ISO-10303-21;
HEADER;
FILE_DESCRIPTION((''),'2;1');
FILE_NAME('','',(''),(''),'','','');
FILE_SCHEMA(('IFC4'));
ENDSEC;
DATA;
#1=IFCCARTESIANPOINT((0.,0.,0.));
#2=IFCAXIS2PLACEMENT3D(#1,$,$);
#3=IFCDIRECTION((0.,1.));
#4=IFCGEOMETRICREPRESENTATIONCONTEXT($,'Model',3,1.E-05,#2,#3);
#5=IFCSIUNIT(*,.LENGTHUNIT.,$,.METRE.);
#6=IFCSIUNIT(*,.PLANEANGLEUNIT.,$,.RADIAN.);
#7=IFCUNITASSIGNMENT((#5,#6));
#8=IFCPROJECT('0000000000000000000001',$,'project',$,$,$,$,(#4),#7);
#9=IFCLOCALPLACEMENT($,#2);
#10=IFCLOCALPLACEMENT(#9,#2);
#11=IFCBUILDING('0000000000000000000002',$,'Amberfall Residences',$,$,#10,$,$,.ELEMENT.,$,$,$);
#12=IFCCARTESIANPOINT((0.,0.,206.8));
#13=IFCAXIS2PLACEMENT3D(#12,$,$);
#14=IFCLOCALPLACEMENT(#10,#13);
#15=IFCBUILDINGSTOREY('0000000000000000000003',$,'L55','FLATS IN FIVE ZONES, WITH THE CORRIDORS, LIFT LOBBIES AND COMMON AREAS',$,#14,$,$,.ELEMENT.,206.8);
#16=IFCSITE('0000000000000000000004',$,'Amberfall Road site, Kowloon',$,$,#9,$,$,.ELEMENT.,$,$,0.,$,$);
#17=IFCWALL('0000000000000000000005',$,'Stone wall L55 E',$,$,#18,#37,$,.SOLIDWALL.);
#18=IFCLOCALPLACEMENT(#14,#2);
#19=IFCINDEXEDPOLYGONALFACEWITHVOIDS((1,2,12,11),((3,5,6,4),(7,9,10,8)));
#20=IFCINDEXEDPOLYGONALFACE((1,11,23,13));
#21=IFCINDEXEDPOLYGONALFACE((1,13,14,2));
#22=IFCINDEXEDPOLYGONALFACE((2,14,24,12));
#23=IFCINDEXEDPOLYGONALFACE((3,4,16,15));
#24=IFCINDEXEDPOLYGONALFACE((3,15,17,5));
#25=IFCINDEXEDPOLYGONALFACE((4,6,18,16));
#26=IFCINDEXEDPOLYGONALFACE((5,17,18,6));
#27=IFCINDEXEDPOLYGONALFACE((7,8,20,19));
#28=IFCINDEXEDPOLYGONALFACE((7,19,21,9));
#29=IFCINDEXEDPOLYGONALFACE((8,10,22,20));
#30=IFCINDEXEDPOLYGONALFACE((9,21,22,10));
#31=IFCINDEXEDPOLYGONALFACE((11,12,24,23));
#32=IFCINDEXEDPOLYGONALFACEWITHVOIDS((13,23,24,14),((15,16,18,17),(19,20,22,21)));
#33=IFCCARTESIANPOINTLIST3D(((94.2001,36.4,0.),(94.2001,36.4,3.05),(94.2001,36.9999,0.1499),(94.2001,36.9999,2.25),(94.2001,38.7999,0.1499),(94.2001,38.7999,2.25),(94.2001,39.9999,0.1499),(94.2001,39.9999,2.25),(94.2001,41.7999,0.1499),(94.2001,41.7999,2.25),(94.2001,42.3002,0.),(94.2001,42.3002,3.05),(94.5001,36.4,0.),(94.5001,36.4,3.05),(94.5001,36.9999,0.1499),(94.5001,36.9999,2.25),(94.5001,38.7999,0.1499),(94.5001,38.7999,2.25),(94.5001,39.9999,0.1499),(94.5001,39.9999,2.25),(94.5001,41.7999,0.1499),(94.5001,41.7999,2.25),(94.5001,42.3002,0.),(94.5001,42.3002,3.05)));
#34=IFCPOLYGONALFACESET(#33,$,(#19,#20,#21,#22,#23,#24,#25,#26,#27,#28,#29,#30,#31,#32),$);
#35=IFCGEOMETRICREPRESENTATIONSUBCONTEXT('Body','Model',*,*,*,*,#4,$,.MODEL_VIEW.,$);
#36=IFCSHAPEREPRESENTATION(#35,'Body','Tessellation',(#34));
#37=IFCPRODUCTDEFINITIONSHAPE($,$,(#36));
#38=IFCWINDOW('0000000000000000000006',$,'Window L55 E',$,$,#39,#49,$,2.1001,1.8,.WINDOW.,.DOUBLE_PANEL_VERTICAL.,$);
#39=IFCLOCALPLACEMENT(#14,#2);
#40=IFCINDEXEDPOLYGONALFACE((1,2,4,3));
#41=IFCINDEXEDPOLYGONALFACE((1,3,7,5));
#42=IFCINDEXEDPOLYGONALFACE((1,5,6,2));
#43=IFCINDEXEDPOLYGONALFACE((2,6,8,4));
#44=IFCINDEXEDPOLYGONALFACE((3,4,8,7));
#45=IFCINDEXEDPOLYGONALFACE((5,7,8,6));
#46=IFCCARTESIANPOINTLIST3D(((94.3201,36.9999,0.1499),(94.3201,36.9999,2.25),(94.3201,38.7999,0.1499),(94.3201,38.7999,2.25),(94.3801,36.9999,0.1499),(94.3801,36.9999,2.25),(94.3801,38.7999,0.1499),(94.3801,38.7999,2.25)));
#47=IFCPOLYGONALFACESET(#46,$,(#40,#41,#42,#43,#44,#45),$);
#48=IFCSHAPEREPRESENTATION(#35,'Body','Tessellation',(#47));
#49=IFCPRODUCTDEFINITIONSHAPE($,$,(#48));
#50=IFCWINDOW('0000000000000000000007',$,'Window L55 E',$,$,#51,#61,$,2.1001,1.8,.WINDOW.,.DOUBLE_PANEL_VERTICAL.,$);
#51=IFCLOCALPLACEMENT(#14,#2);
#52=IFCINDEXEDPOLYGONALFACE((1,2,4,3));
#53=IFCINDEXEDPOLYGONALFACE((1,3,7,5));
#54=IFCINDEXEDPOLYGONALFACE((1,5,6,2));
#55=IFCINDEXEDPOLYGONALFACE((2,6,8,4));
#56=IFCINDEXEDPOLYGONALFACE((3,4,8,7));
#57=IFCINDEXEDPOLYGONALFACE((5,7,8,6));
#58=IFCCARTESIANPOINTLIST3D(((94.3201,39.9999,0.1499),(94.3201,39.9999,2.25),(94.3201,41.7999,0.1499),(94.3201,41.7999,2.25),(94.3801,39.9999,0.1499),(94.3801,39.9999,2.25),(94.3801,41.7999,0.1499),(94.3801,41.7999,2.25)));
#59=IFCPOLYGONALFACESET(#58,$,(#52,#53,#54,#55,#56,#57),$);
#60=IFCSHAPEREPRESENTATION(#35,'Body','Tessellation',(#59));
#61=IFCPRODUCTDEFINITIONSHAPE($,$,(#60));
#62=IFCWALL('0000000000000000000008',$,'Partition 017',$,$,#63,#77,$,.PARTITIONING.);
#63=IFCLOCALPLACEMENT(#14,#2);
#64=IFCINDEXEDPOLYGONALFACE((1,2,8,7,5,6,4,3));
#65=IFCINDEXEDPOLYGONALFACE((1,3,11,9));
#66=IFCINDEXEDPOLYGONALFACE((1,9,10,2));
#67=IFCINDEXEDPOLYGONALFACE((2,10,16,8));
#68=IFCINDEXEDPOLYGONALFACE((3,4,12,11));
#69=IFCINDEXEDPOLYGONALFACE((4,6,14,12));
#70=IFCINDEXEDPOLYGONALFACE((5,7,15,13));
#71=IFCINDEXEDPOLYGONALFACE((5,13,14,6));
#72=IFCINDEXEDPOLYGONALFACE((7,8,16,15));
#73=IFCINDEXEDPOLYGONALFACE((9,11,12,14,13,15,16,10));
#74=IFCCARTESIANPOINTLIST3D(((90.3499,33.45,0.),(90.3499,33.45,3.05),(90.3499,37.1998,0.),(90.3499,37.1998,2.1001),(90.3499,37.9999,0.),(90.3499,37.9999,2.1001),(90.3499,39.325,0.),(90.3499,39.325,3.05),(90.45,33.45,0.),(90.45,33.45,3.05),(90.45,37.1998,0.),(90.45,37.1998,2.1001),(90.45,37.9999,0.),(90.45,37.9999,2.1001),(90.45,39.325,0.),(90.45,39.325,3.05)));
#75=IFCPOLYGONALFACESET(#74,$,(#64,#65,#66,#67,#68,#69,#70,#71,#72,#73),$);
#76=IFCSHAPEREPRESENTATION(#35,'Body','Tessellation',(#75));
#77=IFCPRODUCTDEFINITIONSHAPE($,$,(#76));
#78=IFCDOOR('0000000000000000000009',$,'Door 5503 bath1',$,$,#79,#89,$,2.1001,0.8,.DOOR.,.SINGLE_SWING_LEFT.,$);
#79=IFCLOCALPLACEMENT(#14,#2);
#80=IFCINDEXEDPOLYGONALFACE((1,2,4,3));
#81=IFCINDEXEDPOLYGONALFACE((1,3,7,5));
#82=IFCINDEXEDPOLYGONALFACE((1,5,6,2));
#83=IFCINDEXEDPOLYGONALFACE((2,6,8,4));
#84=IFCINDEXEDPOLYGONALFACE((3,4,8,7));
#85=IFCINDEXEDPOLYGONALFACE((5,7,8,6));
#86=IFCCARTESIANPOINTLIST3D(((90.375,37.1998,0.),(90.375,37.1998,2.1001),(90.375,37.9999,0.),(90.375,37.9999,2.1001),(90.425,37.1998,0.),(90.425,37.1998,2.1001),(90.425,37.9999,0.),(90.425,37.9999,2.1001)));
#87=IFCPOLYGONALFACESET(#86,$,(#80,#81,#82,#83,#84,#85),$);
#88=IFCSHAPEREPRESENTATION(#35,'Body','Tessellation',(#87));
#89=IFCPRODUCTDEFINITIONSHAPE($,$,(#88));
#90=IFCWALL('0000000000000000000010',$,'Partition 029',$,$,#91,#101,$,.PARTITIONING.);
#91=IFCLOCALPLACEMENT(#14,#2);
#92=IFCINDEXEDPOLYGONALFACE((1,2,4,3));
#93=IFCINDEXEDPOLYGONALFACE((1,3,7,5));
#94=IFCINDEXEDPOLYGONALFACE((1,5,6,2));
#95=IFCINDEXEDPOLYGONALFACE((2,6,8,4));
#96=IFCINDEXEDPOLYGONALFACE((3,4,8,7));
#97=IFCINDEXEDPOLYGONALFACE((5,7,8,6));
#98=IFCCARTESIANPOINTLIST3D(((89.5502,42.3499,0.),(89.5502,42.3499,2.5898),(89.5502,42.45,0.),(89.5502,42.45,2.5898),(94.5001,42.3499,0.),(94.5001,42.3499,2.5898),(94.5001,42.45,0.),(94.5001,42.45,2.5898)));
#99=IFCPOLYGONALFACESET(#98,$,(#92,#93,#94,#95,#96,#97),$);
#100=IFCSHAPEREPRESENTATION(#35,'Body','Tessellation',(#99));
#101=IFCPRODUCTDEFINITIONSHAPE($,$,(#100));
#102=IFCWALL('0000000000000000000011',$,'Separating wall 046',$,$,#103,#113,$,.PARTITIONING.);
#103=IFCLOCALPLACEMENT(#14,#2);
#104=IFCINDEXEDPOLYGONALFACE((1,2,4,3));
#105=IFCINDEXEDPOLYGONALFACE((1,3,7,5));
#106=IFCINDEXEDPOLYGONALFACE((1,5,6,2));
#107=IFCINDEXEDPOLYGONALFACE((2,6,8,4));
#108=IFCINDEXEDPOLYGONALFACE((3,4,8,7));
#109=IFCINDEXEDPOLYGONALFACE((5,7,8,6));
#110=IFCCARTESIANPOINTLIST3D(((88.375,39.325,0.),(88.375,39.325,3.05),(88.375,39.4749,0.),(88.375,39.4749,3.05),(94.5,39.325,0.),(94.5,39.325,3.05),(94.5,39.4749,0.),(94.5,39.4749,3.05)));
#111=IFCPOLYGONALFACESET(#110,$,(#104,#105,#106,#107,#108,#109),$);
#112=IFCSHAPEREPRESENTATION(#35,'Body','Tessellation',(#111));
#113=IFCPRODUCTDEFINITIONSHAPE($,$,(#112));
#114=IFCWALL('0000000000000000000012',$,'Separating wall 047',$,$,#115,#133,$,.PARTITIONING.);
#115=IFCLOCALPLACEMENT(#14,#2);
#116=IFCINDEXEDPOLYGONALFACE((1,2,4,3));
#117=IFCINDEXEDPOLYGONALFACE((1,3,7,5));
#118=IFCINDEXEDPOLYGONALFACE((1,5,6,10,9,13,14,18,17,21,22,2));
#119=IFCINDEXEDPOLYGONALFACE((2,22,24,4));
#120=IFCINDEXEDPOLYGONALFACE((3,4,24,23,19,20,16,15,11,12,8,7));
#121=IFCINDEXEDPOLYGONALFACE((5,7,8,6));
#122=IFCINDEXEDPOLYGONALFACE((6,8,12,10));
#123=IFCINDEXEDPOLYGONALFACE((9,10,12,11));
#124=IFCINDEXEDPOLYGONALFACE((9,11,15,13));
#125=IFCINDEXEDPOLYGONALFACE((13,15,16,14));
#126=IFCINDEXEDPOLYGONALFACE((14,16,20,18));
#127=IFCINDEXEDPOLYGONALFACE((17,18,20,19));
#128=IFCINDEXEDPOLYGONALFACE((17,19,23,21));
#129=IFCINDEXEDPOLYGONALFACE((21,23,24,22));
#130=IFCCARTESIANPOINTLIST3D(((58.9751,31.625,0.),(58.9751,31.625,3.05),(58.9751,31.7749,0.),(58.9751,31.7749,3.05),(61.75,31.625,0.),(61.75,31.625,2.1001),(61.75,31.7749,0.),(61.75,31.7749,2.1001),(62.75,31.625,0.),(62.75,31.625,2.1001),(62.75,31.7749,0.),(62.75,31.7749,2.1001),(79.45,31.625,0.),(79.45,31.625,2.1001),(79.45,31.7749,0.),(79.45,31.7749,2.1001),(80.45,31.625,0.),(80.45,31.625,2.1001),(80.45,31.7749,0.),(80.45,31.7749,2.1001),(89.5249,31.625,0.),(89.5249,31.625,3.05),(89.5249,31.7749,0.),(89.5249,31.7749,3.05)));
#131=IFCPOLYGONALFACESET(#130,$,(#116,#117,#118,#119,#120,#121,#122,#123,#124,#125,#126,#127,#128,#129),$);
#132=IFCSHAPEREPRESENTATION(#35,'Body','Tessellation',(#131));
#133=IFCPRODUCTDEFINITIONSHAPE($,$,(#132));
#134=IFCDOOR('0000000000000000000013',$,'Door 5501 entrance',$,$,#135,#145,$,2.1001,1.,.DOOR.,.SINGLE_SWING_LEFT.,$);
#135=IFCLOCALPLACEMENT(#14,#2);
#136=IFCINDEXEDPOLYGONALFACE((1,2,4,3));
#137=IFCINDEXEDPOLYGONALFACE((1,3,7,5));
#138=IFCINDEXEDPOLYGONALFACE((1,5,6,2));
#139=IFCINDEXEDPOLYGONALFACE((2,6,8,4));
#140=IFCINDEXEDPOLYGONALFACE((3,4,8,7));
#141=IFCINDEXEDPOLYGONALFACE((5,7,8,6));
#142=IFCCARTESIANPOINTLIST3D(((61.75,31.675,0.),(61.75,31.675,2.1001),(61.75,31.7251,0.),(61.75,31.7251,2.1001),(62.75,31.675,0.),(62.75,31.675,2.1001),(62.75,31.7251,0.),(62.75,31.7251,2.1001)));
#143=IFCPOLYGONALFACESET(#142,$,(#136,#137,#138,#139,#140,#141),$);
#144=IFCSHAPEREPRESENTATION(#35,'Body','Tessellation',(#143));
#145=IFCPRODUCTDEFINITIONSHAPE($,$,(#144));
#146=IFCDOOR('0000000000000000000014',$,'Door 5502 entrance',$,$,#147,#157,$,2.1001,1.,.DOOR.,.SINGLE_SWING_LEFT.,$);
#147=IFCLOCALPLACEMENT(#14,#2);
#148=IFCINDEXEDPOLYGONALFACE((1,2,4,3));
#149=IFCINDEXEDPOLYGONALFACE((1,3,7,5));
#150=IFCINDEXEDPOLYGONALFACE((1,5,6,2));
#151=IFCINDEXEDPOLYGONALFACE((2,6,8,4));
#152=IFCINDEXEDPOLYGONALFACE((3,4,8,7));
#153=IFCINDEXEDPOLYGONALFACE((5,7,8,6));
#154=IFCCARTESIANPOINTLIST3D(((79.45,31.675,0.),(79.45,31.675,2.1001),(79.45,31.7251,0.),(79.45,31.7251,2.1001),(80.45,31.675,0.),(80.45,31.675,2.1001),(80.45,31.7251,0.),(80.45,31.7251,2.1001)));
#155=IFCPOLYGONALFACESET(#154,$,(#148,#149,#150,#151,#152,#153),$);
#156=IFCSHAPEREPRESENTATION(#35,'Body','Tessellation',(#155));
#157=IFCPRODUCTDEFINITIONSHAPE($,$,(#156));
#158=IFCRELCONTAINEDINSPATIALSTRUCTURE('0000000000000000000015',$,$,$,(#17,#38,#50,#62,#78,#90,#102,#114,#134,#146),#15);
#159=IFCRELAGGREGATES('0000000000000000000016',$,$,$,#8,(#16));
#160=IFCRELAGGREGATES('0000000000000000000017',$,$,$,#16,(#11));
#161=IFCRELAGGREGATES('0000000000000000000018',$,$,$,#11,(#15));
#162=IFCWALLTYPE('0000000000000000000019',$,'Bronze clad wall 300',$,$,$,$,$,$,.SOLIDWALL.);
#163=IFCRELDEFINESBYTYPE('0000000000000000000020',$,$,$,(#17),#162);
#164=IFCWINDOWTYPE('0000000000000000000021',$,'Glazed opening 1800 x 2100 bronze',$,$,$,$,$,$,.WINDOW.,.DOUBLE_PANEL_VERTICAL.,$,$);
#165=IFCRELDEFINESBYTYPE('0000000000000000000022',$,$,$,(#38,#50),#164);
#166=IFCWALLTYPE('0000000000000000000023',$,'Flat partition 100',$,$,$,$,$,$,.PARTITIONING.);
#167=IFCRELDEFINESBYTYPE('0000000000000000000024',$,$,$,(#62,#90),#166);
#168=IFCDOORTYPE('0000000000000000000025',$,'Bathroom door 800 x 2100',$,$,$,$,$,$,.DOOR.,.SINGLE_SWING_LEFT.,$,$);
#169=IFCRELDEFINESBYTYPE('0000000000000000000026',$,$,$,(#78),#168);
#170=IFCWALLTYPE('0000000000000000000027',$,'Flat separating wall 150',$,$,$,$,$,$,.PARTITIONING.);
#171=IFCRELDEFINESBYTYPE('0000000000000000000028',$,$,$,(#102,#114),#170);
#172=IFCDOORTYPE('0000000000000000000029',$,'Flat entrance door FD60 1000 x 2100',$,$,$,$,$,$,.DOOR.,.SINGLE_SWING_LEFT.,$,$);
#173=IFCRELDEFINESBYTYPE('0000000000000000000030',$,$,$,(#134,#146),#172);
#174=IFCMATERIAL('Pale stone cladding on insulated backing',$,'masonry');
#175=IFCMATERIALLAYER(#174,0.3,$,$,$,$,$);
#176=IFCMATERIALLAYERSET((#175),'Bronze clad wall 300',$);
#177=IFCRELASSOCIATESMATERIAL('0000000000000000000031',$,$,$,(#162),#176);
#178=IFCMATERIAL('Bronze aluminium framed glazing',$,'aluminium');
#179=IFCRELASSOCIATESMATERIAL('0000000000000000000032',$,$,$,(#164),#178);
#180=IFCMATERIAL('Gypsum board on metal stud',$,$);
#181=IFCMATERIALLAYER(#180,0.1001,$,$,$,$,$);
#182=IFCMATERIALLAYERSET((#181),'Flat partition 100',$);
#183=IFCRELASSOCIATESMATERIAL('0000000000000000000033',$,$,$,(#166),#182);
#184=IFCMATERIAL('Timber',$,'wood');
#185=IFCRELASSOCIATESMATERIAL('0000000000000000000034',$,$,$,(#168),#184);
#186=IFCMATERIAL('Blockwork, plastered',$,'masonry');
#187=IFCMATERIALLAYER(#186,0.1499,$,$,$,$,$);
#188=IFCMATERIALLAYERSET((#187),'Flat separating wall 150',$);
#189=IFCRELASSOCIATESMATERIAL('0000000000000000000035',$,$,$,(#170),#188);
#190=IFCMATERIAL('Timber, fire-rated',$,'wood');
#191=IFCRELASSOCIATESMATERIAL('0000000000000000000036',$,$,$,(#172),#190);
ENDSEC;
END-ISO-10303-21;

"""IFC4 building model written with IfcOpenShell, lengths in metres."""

from ifc_helpers import new_model, si_unit, direction, frame, frame_2d, origin, place, context, subcontext, project, spatial, rectangle, extrude, material, layer, layer_set, type_object, element, fill, save


model = new_model("IFC4")

# Units and contexts
model_context = context("Model", 3, precision=1e-05, world=origin(), true_north=direction((0.0, 1.0)))
body_context = subcontext(model_context, "Body", "Model", "MODEL_VIEW")
ifc_project = project(units=[si_unit("LENGTHUNIT", "METRE"), si_unit("PLANEANGLEUNIT", "RADIAN")], contexts=[model_context])

# Site, building, storey
site_placement = place(None, origin())
site = spatial("IfcSite", under=ifc_project, at=site_placement, Name="Amberfall Road site, Kowloon", CompositionType="ELEMENT", RefElevation=0.0)
building_placement = place(site_placement, origin())
building = spatial("IfcBuilding", under=site, at=building_placement, Name="Amberfall Residences", CompositionType="ELEMENT")
storey_placement = place(building_placement, frame((0.0, 0.0, 206.8)))
storey = spatial("IfcBuildingStorey", under=building, at=storey_placement, Name="L55", Description="FLATS IN FIVE ZONES, WITH THE CORRIDORS, LIFT LOBBIES AND COMMON AREAS", CompositionType="ELEMENT", Elevation=206.8)

# Shared definitions
ifc_material_1 = material(Name="Pale stone cladding on insulated backing", Category="masonry")
ifc_layer_1 = layer(ifc_material_1, 0.3)
ifc_layer_set_1 = layer_set([ifc_layer_1], Name="Bronze clad wall 300")
wall_type_1 = type_object("IfcWallType", Name="Bronze clad wall 300", PredefinedType="SOLIDWALL", material=ifc_layer_set_1)
ifc_material_2 = material(Name="Bronze aluminium framed glazing", Category="aluminium")

# Wall, openings, windows
wall_1_placement = place(storey_placement, frame((94.3501, 36.3999, 0.0), z_axis=(0.0, 0.0, 1.0), x_axis=(0.0, 1.0, 0.0)))
wall_1 = element("IfcWall", 1, at=wall_1_placement, inside=storey, type_object=wall_type_1, Name="Stone wall L55 E", PredefinedType="SOLIDWALL", context=body_context, shape_type="SweptSolid", body=[
    extrude(rectangle(XDim=5.9001, YDim=0.3, at=frame_2d((2.9502, 0.0))), origin(), (0.0, 0.0, 1.0), 3.05),
])
opening_1_placement = place(wall_1_placement, frame((0.6001, 0.0, 0.1499)))
opening_1 = element("IfcOpeningElement", 2, at=opening_1_placement, cuts=wall_1, PredefinedType="OPENING", context=body_context, shape_type="SweptSolid", body=[
    extrude(rectangle(XDim=1.8, YDim=2.1001, at=frame_2d((0.8999, 1.05))), frame((0.0, 0.1599, 0.0), z_axis=(0.0, -1.0, 0.0), x_axis=(1.0, 0.0, 0.0)), (0.0, 0.0, 1.0), 0.3201),
])
opening_2_placement = place(wall_1_placement, frame((3.6001, 0.0, 0.1499)))
opening_2 = element("IfcOpeningElement", 3, at=opening_2_placement, cuts=wall_1, PredefinedType="OPENING", context=body_context, shape_type="SweptSolid", body=[
    extrude(rectangle(XDim=1.8, YDim=2.1001, at=frame_2d((0.8999, 1.05))), frame((0.0, 0.1599, 0.0), z_axis=(0.0, -1.0, 0.0), x_axis=(1.0, 0.0, 0.0)), (0.0, 0.0, 1.0), 0.3201),
])
window_type_1 = type_object("IfcWindowType", Name="Glazed opening 1800 x 2100 bronze", PartitioningType="DOUBLE_PANEL_VERTICAL", PredefinedType="WINDOW", material=ifc_material_2)
window_1_placement = place(opening_1_placement, origin())
window_1 = element("IfcWindow", 4, at=window_1_placement, inside=storey, type_object=window_type_1, Name="Window L55 E", OverallHeight=2.1001, OverallWidth=1.8, PartitioningType="DOUBLE_PANEL_VERTICAL", PredefinedType="WINDOW", context=body_context, shape_type="SweptSolid", body=[
    extrude(rectangle(XDim=1.8, YDim=2.1001, at=frame_2d((0.8999, 1.05))), frame((0.0, 0.03, 0.0), z_axis=(0.0, -1.0, 0.0), x_axis=(1.0, 0.0, 0.0)), (0.0, 0.0, 1.0), 0.0601),
])
fill(opening_1, window_1)
window_2_placement = place(opening_2_placement, origin())
window_2 = element("IfcWindow", 5, at=window_2_placement, inside=storey, type_object=window_type_1, Name="Window L55 E", OverallHeight=2.1001, OverallWidth=1.8, PartitioningType="DOUBLE_PANEL_VERTICAL", PredefinedType="WINDOW", context=body_context, shape_type="SweptSolid", body=[
    extrude(rectangle(XDim=1.8, YDim=2.1001, at=frame_2d((0.8999, 1.05))), frame((0.0, 0.03, 0.0), z_axis=(0.0, -1.0, 0.0), x_axis=(1.0, 0.0, 0.0)), (0.0, 0.0, 1.0), 0.0601),
])
fill(opening_2, window_2)

# Wall, opening, door
ifc_material_3 = material(Name="Gypsum board on metal stud")
ifc_layer_2 = layer(ifc_material_3, 0.1001)
ifc_layer_set_2 = layer_set([ifc_layer_2], Name="Flat partition 100")
wall_type_2 = type_object("IfcWallType", Name="Flat partition 100", PredefinedType="PARTITIONING", material=ifc_layer_set_2)
wall_2_placement = place(storey_placement, frame((90.3999, 33.45, 0.0), z_axis=(0.0, 0.0, 1.0), x_axis=(0.0, 1.0, 0.0)))
wall_2 = element("IfcWall", 6, at=wall_2_placement, inside=storey, type_object=wall_type_2, Name="Partition 017", PredefinedType="PARTITIONING", context=body_context, shape_type="SweptSolid", body=[
    extrude(rectangle(XDim=5.875, YDim=0.1001, at=frame_2d((2.9375, 0.0))), origin(), (0.0, 0.0, 1.0), 3.05),
])
opening_3_placement = place(wall_2_placement, frame((3.75, 0.0, 0.0)))
opening_3 = element("IfcOpeningElement", 7, at=opening_3_placement, cuts=wall_2, PredefinedType="OPENING", context=body_context, shape_type="SweptSolid", body=[
    extrude(rectangle(XDim=0.8, YDim=2.1001, at=frame_2d((0.3999, 1.05))), frame((0.0, 0.0601, 0.0), z_axis=(0.0, -1.0, 0.0), x_axis=(1.0, 0.0, 0.0)), (0.0, 0.0, 1.0), 0.1201),
])
ifc_material_4 = material(Name="Timber", Category="wood")
door_type_1 = type_object("IfcDoorType", Name="Bathroom door 800 x 2100", OperationType="SINGLE_SWING_LEFT", PredefinedType="DOOR", material=ifc_material_4)
door_1_placement = place(opening_3_placement, origin())
door_1 = element("IfcDoor", 8, at=door_1_placement, inside=storey, type_object=door_type_1, Name="Door 5503 bath1", OperationType="SINGLE_SWING_LEFT", OverallHeight=2.1001, OverallWidth=0.8, PredefinedType="DOOR", context=body_context, shape_type="SweptSolid", body=[
    extrude(rectangle(XDim=0.8, YDim=2.1001, at=frame_2d((0.3999, 1.05))), frame((0.0, 0.0249, 0.0), z_axis=(0.0, -1.0, 0.0), x_axis=(1.0, 0.0, 0.0)), (0.0, 0.0, 1.0), 0.05),
])
fill(opening_3, door_1)

# Walls
wall_3_placement = place(storey_placement, frame((89.55, 42.3999, 0.0), z_axis=(0.0, 0.0, 1.0), x_axis=(1.0, 0.0, 0.0)))
element("IfcWall", 9, at=wall_3_placement, inside=storey, type_object=wall_type_2, Name="Partition 029", PredefinedType="PARTITIONING", context=body_context, shape_type="SweptSolid", body=[
    extrude(rectangle(XDim=4.95, YDim=0.1001, at=frame_2d((2.4751, 0.0))), origin(), (0.0, 0.0, 1.0), 2.5898),
])
ifc_material_5 = material(Name="Blockwork, plastered", Category="masonry")
ifc_layer_3 = layer(ifc_material_5, 0.1499)
ifc_layer_set_3 = layer_set([ifc_layer_3], Name="Flat separating wall 150")
wall_type_3 = type_object("IfcWallType", Name="Flat separating wall 150", PredefinedType="PARTITIONING", material=ifc_layer_set_3)
wall_4_placement = place(storey_placement, frame((88.375, 39.3999, 0.0), z_axis=(0.0, 0.0, 1.0), x_axis=(1.0, 0.0, 0.0)))
element("IfcWall", 10, at=wall_4_placement, inside=storey, type_object=wall_type_3, Name="Separating wall 046", PredefinedType="PARTITIONING", context=body_context, shape_type="SweptSolid", body=[
    extrude(rectangle(XDim=6.125, YDim=0.1499, at=frame_2d((3.0625, 0.0))), origin(), (0.0, 0.0, 1.0), 3.05),
])

# Wall, openings, doors
wall_5_placement = place(storey_placement, frame((89.5249, 31.7, 0.0), z_axis=(0.0, 0.0, 1.0), x_axis=(-1.0, 0.0, 0.0)))
wall_5 = element("IfcWall", 11, at=wall_5_placement, inside=storey, type_object=wall_type_3, Name="Separating wall 047", PredefinedType="PARTITIONING", context=body_context, shape_type="SweptSolid", body=[
    extrude(rectangle(XDim=30.5498, YDim=0.1499, at=frame_2d((15.2749, 0.0))), origin(), (0.0, 0.0, 1.0), 3.05),
])
opening_4_placement = place(wall_5_placement, frame((26.7749, 0.0, 0.0)))
opening_4 = element("IfcOpeningElement", 12, at=opening_4_placement, cuts=wall_5, PredefinedType="OPENING", context=body_context, shape_type="SweptSolid", body=[
    extrude(rectangle(XDim=1.0, YDim=2.1001, at=frame_2d((0.5, 1.05))), frame((0.0, 0.085, 0.0), z_axis=(0.0, -1.0, 0.0), x_axis=(1.0, 0.0, 0.0)), (0.0, 0.0, 1.0), 0.1699),
])
opening_5_placement = place(wall_5_placement, frame((9.075, 0.0, 0.0)))
opening_5 = element("IfcOpeningElement", 13, at=opening_5_placement, cuts=wall_5, PredefinedType="OPENING", context=body_context, shape_type="SweptSolid", body=[
    extrude(rectangle(XDim=1.0, YDim=2.1001, at=frame_2d((0.5, 1.05))), frame((0.0, 0.085, 0.0), z_axis=(0.0, -1.0, 0.0), x_axis=(1.0, 0.0, 0.0)), (0.0, 0.0, 1.0), 0.1699),
])
ifc_material_6 = material(Name="Timber, fire-rated", Category="wood")
door_type_2 = type_object("IfcDoorType", Name="Flat entrance door FD60 1000 x 2100", OperationType="SINGLE_SWING_LEFT", PredefinedType="DOOR", material=ifc_material_6)
door_2_placement = place(opening_4_placement, origin())
door_2 = element("IfcDoor", 14, at=door_2_placement, inside=storey, type_object=door_type_2, Name="Door 5501 entrance", OperationType="SINGLE_SWING_LEFT", OverallHeight=2.1001, OverallWidth=1.0, PredefinedType="DOOR", context=body_context, shape_type="SweptSolid", body=[
    extrude(rectangle(XDim=1.0, YDim=2.1001, at=frame_2d((0.5, 1.05))), frame((0.0, 0.0249, 0.0), z_axis=(0.0, -1.0, 0.0), x_axis=(1.0, 0.0, 0.0)), (0.0, 0.0, 1.0), 0.05),
])
fill(opening_4, door_2)
door_3_placement = place(opening_5_placement, origin())
door_3 = element("IfcDoor", 15, at=door_3_placement, inside=storey, type_object=door_type_2, Name="Door 5502 entrance", OperationType="SINGLE_SWING_LEFT", OverallHeight=2.1001, OverallWidth=1.0, PredefinedType="DOOR", context=body_context, shape_type="SweptSolid", body=[
    extrude(rectangle(XDim=1.0, YDim=2.1001, at=frame_2d((0.5, 1.05))), frame((0.0, 0.0249, 0.0), z_axis=(0.0, -1.0, 0.0), x_axis=(1.0, 0.0, 0.0)), (0.0, 0.0, 1.0), 0.05),
])
fill(opening_5, door_3)

save(model, "model.ifc")
